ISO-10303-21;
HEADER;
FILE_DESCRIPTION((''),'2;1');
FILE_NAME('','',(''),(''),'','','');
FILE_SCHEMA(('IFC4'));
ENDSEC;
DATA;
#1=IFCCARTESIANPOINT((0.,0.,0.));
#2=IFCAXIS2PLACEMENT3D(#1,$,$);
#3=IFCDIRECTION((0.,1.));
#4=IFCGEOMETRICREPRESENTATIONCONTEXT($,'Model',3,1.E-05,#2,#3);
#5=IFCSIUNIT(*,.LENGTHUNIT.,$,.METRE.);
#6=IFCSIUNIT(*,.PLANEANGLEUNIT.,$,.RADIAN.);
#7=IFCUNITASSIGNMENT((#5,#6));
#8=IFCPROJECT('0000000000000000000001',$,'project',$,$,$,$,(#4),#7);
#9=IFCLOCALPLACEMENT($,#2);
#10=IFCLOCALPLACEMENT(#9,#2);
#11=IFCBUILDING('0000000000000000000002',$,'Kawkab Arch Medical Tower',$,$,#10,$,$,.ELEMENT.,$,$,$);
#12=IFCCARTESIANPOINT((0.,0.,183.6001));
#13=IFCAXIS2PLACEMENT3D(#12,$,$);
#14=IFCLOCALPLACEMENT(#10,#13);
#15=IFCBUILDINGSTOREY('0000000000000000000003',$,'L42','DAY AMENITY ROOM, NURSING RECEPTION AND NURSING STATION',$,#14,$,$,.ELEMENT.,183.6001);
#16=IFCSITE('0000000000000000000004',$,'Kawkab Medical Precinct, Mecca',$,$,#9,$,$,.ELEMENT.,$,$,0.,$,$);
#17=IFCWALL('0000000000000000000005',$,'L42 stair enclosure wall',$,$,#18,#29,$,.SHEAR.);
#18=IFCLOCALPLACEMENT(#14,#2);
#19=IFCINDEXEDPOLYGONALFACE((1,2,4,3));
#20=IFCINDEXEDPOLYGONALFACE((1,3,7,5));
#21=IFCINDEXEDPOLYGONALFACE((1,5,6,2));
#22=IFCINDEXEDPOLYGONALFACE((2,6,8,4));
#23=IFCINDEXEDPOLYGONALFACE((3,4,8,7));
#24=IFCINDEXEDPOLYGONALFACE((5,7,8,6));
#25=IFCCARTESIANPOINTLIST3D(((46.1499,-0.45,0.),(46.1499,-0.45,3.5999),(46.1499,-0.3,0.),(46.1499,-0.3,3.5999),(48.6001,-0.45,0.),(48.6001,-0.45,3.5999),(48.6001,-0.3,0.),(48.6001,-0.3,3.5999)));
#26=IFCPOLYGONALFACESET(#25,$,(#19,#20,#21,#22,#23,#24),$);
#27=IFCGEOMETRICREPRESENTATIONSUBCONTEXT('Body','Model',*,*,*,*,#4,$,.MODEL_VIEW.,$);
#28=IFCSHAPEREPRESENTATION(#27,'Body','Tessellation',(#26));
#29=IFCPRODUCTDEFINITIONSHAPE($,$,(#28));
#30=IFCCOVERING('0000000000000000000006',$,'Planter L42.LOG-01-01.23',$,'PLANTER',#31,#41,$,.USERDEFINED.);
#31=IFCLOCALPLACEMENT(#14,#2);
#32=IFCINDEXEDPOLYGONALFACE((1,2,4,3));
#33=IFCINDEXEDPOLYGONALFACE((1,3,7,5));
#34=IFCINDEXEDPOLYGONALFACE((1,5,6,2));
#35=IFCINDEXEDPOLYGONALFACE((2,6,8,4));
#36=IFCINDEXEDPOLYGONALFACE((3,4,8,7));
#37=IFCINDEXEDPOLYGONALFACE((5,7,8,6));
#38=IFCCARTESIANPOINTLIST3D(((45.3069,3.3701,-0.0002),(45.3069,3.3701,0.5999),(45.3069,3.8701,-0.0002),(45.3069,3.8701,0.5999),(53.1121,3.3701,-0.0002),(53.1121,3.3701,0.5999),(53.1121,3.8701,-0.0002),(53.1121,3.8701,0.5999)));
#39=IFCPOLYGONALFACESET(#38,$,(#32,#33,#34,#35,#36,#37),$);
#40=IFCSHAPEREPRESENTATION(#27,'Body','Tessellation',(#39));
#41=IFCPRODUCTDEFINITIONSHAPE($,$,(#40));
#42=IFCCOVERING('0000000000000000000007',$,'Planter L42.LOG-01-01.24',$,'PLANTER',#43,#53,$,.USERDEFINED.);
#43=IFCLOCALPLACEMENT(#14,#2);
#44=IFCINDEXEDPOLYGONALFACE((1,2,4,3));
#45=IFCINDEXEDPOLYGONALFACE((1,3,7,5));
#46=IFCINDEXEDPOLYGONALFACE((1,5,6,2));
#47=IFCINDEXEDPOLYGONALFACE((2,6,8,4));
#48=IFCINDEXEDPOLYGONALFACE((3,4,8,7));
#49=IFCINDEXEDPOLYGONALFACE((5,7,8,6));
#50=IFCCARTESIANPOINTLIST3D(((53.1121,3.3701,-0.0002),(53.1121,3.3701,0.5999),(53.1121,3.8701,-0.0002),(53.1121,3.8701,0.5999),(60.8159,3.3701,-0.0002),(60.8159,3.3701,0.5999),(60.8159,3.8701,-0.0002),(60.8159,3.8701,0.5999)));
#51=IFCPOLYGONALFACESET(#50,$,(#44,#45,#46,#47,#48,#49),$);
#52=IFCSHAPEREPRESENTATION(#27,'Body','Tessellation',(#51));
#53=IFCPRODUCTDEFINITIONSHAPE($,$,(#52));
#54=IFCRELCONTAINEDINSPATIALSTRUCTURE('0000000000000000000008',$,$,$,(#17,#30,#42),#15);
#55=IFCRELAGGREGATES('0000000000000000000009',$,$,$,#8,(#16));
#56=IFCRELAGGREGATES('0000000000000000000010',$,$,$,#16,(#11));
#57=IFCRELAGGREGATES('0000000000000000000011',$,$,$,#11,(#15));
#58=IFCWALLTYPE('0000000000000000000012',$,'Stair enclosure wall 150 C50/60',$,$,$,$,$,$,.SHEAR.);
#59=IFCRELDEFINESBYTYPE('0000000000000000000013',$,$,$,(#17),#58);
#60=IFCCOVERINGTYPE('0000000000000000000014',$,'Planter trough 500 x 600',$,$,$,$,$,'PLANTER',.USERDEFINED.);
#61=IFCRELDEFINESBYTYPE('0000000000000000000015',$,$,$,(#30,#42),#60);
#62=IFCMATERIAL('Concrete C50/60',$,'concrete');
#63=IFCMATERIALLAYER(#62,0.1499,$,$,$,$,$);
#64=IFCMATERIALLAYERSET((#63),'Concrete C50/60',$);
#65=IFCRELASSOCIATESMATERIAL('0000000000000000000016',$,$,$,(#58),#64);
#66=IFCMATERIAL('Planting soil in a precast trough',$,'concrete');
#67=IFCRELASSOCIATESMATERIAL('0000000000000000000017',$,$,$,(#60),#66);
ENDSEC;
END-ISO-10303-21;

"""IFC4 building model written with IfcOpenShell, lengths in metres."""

from ifc_helpers import new_model, si_unit, direction, frame, frame_2d, origin, origin_2d, place, context, subcontext, project, spatial, rectangle, extrude, material, layer, layer_set, material_profile, profile_set, type_object, element, save


model = new_model("IFC4")

# Units and contexts
model_context = context("Model", 3, precision=1e-05, world=origin(), true_north=direction((0.0, 1.0)))
body_context = subcontext(model_context, "Body", "Model", "MODEL_VIEW")
ifc_project = project(units=[si_unit("LENGTHUNIT", "METRE"), si_unit("PLANEANGLEUNIT", "RADIAN")], contexts=[model_context])

# Site, building, storey
site_placement = place(None, origin())
site = spatial("IfcSite", under=ifc_project, at=site_placement, Name="Kawkab Medical Precinct, Mecca", CompositionType="ELEMENT", RefElevation=0.0)
building_placement = place(site_placement, origin())
building = spatial("IfcBuilding", under=site, at=building_placement, Name="Kawkab Arch Medical Tower", CompositionType="ELEMENT")
storey_placement = place(building_placement, frame((0.0, 0.0, 183.6001)))
storey = spatial("IfcBuildingStorey", under=building, at=storey_placement, Name="L42", Description="DAY AMENITY ROOM, NURSING RECEPTION AND NURSING STATION", CompositionType="ELEMENT", Elevation=183.6001)

# Wall
ifc_material_1 = material(Name="Concrete C50/60", Category="concrete")
ifc_layer_1 = layer(ifc_material_1, 0.1499)
ifc_layer_set_1 = layer_set([ifc_layer_1], Name="Concrete C50/60")
wall_type_1 = type_object("IfcWallType", Name="Stair enclosure wall 150 C50/60", PredefinedType="SHEAR", material=ifc_layer_set_1)
wall_1_placement = place(storey_placement, frame((46.1499, -0.375, 0.0), z_axis=(0.0, 0.0, 1.0), x_axis=(1.0, 0.0, 0.0)))
element("IfcWall", 1, at=wall_1_placement, inside=storey, type_object=wall_type_1, Name="L42 stair enclosure wall", PredefinedType="SHEAR", context=body_context, shape_type="SweptSolid", body=[
    extrude(rectangle(XDim=2.4502, YDim=0.1499, at=frame_2d((1.2251, 0.0))), origin(), (0.0, 0.0, 1.0), 3.5999),
])

# Coverings
ifc_material_2 = material(Name="Planting soil in a precast trough", Category="concrete")
ifc_material_profile_1 = material_profile(ifc_material_2, rectangle(XDim=0.5, YDim=0.6001, at=origin_2d()), Name="Trough 500x600")
ifc_profile_set_1 = profile_set([ifc_material_profile_1], Name="Planting soil in a precast trough")
covering_type = type_object("IfcCoveringType", Name="Planter trough 500 x 600", ElementType="PLANTER", PredefinedType="USERDEFINED", material=ifc_profile_set_1)
covering_1_placement = place(storey_placement, frame((45.3069, 3.6201, 0.2998), z_axis=(1.0, 0.0, 0.0), x_axis=(0.0, 1.0, 0.0)))
element("IfcCovering", 2, at=covering_1_placement, inside=storey, type_object=covering_type, Name="Planter L42.LOG-01-01.23", ObjectType="PLANTER", PredefinedType="USERDEFINED", context=body_context, shape_type="SweptSolid", body=[
    extrude(rectangle(XDim=0.5, YDim=0.6001, at=origin_2d()), origin(), (0.0, 0.0, 1.0), 7.8052),
])
covering_2_placement = place(storey_placement, frame((53.1121, 3.6201, 0.2998), z_axis=(1.0, 0.0, 0.0), x_axis=(0.0, 1.0, 0.0)))
element("IfcCovering", 3, at=covering_2_placement, inside=storey, type_object=covering_type, Name="Planter L42.LOG-01-01.24", ObjectType="PLANTER", PredefinedType="USERDEFINED", context=body_context, shape_type="SweptSolid", body=[
    extrude(rectangle(XDim=0.5, YDim=0.6001, at=origin_2d()), origin(), (0.0, 0.0, 1.0), 7.7039),
])

save(model, "model.ifc")
